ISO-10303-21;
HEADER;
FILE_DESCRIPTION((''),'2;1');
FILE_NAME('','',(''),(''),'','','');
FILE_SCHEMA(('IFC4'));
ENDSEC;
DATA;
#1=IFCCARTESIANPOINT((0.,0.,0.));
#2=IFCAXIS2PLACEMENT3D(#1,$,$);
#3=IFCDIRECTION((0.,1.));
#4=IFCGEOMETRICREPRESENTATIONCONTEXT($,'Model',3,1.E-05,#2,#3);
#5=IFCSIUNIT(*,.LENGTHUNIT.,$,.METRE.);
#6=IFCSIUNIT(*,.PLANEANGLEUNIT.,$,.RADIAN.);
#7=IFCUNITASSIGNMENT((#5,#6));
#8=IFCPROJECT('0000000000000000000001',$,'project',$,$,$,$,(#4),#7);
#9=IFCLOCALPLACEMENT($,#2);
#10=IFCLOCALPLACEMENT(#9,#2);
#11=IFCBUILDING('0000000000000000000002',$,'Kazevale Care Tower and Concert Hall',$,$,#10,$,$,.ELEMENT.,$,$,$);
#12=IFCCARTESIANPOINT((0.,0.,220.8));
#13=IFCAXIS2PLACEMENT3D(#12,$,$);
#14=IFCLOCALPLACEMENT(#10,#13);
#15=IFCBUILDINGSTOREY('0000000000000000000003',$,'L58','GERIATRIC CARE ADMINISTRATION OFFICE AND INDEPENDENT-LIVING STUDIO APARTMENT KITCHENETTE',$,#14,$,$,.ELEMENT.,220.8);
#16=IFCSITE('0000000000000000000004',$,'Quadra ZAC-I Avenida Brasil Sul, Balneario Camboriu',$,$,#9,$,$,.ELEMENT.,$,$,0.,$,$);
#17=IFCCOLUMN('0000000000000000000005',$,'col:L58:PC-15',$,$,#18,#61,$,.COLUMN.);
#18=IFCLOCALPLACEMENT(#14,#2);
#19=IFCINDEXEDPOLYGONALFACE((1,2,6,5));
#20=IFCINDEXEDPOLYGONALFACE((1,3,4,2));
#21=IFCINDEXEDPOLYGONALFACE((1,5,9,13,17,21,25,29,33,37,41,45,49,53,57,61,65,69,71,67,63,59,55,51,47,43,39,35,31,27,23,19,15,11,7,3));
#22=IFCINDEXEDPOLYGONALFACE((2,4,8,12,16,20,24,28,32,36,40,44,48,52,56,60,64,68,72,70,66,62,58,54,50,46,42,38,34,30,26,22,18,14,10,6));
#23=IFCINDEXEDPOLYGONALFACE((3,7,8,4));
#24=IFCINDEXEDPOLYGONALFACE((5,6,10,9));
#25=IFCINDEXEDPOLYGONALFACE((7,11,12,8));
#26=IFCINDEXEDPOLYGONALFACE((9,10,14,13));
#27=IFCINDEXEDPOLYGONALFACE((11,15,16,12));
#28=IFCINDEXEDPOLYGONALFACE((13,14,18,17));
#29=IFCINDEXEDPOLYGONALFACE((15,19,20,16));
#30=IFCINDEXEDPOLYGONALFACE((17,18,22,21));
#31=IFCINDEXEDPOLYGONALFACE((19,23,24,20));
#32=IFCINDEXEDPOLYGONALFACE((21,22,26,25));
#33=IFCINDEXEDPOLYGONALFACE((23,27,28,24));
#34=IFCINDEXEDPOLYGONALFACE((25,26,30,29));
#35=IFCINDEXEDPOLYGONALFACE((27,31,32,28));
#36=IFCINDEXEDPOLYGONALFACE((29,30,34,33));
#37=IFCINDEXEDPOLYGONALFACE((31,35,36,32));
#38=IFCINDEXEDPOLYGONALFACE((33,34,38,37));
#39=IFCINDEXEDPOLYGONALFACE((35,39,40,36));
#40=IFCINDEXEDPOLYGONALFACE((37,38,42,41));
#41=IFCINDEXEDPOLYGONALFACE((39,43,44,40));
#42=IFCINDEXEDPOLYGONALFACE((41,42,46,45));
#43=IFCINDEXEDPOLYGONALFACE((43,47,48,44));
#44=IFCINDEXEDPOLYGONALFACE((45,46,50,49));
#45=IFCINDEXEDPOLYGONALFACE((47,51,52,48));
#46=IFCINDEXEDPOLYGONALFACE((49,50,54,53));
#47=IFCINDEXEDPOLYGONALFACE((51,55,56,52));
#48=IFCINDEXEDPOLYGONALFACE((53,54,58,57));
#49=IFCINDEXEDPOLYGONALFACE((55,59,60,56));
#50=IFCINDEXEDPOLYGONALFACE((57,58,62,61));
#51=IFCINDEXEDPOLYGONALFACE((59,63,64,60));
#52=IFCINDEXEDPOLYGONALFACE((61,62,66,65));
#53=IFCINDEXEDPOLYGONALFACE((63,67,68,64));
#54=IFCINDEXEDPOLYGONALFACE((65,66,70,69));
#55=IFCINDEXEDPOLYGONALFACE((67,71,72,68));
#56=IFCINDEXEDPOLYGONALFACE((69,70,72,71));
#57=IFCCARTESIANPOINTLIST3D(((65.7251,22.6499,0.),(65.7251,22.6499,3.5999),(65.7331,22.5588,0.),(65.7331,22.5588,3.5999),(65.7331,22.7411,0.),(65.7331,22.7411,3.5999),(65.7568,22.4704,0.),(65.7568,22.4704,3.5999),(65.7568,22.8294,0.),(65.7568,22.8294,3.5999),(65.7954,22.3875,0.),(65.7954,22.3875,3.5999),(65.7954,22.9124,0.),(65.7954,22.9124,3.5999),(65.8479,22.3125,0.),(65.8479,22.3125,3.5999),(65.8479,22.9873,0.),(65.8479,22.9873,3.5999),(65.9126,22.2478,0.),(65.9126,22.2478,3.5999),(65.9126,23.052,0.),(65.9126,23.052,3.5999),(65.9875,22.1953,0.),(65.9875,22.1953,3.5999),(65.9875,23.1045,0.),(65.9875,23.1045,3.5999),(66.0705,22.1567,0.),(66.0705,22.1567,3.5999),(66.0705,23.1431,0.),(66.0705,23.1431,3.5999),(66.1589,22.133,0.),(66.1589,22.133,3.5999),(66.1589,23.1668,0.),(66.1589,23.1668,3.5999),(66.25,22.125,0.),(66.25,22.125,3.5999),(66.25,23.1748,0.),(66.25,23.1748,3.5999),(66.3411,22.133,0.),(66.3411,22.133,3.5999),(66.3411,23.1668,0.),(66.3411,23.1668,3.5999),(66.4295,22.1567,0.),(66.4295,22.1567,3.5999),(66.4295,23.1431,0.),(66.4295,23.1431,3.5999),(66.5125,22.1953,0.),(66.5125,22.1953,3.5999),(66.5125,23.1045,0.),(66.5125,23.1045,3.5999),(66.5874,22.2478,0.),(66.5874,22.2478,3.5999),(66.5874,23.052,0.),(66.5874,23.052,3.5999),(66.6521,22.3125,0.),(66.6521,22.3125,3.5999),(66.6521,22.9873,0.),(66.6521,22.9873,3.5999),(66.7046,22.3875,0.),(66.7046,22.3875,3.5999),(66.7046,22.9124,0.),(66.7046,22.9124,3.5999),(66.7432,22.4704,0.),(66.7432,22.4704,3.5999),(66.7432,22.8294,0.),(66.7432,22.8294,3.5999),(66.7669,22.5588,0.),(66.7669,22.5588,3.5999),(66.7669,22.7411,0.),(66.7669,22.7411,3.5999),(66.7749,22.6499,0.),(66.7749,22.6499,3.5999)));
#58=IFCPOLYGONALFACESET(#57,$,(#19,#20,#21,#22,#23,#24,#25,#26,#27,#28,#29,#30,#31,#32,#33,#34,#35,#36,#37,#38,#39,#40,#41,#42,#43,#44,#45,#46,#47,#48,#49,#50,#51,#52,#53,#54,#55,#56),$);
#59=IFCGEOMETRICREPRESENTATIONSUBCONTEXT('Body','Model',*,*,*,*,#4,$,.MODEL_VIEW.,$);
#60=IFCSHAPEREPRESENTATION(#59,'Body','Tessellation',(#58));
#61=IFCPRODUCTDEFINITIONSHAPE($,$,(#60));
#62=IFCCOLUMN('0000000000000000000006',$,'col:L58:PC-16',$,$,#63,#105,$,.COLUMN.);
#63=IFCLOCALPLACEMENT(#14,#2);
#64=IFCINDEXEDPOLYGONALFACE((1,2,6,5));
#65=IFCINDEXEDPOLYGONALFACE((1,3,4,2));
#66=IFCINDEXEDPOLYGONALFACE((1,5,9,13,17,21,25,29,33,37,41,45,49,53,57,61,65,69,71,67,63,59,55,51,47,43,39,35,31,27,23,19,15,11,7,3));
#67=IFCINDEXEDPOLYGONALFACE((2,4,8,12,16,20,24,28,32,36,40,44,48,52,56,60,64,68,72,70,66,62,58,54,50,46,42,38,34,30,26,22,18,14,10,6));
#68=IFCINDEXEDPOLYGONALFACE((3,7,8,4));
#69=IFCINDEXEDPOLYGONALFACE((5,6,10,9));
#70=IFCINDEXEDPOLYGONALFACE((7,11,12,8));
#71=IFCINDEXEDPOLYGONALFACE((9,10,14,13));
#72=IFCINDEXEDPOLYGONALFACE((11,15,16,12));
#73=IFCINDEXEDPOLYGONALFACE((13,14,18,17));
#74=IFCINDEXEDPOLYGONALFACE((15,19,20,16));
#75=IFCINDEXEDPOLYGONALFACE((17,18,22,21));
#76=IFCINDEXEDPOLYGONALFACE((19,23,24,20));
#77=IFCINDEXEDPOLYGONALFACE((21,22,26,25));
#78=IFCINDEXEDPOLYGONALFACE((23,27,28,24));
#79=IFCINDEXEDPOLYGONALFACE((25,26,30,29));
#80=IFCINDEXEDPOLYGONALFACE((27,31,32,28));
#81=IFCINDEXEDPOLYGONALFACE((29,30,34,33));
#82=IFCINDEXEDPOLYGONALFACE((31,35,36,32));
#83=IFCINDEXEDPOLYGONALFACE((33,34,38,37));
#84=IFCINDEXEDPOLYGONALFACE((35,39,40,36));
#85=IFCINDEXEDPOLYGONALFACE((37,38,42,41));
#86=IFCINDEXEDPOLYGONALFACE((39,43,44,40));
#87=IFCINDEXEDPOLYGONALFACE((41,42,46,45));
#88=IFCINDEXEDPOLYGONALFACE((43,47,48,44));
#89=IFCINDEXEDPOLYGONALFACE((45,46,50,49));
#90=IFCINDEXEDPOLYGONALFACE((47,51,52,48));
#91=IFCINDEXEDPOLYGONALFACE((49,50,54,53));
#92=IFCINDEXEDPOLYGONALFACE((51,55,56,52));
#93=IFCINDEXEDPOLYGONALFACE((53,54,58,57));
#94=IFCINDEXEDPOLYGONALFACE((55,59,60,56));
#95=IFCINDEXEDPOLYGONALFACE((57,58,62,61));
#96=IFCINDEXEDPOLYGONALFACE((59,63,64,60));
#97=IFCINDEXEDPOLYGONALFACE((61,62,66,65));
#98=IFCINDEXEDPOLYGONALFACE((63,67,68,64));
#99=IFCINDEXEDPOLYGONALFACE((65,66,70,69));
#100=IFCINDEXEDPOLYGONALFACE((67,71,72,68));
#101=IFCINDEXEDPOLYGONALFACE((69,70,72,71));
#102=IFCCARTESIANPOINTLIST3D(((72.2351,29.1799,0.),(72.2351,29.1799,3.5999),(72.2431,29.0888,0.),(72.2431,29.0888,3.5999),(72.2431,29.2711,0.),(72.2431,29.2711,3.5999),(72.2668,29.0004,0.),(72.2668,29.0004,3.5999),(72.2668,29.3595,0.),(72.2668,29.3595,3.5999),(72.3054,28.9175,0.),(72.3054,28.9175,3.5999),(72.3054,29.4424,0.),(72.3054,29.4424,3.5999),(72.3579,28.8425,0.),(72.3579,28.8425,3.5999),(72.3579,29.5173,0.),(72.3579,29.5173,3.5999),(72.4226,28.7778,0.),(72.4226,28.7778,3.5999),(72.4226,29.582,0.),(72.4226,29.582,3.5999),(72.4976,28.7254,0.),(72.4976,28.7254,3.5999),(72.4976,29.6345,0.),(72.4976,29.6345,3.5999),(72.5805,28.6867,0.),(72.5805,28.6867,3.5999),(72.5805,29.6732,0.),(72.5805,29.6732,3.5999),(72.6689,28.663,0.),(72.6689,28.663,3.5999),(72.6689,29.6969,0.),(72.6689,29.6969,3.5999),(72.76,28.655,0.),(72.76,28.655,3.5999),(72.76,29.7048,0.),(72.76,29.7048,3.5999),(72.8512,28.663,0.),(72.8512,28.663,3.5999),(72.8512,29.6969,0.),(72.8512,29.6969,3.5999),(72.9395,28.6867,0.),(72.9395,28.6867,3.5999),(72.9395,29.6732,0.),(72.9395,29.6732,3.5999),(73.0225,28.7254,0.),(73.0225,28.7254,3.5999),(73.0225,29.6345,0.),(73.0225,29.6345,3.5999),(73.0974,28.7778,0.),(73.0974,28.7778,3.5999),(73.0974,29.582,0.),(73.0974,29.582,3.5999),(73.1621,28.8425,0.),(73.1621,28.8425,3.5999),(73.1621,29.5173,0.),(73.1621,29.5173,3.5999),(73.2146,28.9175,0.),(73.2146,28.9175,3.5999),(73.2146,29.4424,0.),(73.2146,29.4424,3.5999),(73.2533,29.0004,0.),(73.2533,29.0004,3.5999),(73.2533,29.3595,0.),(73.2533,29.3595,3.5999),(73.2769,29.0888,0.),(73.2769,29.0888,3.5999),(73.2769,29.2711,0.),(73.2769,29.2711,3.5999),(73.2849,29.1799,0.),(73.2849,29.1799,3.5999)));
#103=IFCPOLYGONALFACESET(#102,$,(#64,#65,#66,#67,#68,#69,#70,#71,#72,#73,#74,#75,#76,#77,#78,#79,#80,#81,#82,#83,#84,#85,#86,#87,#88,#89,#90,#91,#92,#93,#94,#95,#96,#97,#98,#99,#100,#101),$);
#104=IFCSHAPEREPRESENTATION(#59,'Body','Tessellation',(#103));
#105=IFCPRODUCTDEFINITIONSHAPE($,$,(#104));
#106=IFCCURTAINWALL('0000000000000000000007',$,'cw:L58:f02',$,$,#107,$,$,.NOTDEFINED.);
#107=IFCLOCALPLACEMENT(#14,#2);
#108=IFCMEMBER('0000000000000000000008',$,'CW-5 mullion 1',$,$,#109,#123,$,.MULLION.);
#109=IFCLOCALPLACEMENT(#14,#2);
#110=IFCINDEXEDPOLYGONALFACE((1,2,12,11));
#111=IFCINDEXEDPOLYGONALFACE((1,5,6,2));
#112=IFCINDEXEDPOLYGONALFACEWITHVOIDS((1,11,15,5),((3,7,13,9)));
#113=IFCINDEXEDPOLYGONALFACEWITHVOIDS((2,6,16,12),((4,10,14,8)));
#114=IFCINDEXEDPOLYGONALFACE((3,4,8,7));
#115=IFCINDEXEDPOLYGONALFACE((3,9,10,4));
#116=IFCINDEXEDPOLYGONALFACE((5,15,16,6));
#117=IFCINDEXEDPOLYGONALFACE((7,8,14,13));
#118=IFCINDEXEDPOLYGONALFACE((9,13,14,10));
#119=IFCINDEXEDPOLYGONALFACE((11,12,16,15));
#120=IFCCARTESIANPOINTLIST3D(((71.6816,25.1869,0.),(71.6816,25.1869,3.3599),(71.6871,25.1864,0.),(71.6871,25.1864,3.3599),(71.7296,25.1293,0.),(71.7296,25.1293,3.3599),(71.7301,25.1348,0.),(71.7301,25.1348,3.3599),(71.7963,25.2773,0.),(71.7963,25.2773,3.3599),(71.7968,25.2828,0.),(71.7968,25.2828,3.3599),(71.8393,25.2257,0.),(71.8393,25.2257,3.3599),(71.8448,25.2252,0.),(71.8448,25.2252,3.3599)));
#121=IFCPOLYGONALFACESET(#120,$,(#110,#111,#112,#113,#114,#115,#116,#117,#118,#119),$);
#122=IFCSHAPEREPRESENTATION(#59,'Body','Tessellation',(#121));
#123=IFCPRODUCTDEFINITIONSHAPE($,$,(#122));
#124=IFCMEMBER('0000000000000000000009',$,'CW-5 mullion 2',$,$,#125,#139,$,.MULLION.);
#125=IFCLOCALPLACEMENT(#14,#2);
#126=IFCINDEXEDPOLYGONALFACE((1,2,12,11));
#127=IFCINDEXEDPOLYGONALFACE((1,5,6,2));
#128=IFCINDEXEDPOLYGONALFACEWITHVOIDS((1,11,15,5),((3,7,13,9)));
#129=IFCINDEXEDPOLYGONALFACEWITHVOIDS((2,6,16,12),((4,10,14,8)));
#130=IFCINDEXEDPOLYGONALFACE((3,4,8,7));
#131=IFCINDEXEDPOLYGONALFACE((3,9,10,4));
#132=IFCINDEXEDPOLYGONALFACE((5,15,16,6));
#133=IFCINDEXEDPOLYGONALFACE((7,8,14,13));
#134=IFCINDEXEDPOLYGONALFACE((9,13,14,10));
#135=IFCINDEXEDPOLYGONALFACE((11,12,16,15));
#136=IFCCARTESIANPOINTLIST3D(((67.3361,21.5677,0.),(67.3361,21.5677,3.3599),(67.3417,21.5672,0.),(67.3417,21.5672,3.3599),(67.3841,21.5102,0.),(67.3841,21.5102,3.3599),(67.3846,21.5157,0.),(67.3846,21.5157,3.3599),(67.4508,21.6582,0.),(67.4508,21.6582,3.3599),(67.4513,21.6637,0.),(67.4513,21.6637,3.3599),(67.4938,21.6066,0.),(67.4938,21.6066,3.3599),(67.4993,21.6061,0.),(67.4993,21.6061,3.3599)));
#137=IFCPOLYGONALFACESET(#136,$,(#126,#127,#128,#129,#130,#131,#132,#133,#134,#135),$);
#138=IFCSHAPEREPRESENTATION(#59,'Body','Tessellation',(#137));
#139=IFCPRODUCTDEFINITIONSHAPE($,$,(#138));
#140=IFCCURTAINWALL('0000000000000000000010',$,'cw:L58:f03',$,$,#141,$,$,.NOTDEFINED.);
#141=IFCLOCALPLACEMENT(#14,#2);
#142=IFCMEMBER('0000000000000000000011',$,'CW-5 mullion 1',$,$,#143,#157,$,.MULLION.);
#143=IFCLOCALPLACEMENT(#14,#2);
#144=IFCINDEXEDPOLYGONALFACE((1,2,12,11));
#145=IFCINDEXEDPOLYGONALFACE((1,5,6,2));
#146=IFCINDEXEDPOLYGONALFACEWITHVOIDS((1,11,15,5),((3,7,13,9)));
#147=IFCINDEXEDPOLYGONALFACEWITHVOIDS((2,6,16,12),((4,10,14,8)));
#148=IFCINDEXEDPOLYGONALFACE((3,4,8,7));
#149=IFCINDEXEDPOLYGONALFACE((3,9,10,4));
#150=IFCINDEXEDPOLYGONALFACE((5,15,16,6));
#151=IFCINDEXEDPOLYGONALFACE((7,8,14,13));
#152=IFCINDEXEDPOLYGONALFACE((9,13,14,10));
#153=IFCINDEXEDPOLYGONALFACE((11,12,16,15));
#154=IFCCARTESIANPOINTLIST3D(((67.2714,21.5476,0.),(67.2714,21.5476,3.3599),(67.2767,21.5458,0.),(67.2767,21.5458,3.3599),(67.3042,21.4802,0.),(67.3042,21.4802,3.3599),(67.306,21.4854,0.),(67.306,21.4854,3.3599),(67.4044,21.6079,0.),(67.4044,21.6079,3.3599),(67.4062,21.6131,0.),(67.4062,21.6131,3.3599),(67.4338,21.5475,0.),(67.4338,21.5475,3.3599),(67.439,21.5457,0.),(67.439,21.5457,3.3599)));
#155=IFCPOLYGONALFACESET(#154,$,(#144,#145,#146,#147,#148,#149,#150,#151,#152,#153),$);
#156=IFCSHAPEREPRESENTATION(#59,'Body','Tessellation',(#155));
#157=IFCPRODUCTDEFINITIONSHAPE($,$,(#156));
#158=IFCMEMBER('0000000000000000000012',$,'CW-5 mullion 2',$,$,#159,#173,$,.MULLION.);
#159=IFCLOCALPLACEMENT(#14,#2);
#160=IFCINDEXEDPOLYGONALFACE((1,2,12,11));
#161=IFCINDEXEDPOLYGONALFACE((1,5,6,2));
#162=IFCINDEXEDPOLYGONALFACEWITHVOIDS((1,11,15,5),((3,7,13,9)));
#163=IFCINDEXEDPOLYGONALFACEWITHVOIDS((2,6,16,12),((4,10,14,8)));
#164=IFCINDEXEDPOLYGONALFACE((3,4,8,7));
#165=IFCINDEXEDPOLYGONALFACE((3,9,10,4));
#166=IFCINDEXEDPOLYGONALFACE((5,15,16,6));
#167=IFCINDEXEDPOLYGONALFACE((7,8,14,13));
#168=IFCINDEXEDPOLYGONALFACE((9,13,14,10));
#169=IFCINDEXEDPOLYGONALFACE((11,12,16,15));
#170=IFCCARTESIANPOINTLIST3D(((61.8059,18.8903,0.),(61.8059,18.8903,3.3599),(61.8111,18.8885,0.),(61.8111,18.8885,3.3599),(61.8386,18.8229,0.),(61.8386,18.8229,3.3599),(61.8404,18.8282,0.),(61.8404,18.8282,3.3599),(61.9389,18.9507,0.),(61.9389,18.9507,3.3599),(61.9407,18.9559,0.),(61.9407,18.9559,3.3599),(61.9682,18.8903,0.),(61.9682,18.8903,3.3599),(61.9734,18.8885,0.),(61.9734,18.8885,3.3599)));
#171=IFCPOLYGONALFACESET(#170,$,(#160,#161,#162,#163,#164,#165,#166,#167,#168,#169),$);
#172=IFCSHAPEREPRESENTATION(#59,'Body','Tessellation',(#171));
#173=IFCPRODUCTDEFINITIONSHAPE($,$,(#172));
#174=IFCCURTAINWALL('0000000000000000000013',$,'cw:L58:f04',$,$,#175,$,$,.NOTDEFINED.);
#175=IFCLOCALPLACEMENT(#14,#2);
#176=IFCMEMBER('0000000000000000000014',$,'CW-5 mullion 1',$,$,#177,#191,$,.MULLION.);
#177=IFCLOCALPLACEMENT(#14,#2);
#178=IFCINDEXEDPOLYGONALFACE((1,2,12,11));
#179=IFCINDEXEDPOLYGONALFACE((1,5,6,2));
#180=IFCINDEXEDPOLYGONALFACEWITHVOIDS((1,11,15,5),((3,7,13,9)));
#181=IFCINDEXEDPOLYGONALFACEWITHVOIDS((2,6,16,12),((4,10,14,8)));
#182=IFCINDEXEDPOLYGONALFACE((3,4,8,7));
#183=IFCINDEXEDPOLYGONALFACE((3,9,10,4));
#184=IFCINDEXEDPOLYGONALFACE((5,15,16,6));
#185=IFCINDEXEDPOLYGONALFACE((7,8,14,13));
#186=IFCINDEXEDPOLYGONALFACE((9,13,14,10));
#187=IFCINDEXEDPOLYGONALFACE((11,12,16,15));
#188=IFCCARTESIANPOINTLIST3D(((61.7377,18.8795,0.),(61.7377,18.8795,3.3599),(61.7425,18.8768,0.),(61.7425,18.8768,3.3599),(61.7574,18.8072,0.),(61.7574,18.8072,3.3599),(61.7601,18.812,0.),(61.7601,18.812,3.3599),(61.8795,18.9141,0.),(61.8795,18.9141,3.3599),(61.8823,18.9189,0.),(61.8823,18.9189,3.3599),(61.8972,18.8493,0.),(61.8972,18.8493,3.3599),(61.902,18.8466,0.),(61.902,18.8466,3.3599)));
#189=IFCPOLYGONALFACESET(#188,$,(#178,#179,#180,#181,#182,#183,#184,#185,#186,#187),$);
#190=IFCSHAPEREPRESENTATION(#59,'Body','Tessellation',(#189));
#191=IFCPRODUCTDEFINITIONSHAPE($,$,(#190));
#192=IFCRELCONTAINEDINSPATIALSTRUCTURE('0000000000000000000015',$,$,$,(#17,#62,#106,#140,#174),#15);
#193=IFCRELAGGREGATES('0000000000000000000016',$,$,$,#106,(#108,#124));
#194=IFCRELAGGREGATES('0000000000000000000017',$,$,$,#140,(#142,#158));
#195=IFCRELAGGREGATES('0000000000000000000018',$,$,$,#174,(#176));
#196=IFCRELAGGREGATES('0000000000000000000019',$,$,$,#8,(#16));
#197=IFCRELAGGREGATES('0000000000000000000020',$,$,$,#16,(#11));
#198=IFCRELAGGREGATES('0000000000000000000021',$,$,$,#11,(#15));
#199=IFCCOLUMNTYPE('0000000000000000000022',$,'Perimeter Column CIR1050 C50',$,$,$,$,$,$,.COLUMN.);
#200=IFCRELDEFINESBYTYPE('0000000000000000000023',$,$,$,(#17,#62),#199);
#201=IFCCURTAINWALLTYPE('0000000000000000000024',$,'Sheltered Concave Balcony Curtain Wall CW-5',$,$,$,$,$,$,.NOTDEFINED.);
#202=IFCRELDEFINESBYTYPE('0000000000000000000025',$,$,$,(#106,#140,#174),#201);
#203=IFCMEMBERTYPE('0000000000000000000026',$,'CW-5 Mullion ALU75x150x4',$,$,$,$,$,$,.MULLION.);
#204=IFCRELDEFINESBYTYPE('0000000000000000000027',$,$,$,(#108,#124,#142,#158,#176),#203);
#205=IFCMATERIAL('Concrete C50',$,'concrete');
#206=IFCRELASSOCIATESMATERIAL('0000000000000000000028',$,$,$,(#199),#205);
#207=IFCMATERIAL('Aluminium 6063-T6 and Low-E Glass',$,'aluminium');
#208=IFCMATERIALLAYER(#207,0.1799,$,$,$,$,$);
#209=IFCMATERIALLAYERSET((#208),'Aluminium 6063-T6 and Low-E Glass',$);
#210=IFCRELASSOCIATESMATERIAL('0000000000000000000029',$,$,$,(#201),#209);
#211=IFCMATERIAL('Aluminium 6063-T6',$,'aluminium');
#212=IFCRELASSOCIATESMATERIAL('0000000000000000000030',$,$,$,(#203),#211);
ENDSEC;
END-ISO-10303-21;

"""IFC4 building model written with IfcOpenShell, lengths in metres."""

from ifc_helpers import new_model, si_unit, direction, frame, origin, origin_2d, place, context, subcontext, project, spatial, hollow_rectangle, circle, extrude, material, layer, layer_set, material_profile, profile_set, type_object, element, aggregate, save


model = new_model("IFC4")

# Units and contexts
model_context = context("Model", 3, precision=1e-05, world=origin(), true_north=direction((0.0, 1.0)))
body_context = subcontext(model_context, "Body", "Model", "MODEL_VIEW")
ifc_project = project(units=[si_unit("LENGTHUNIT", "METRE"), si_unit("PLANEANGLEUNIT", "RADIAN")], contexts=[model_context])

# Site, building, storey
site_placement = place(None, origin())
site = spatial("IfcSite", under=ifc_project, at=site_placement, Name="Quadra ZAC-I Avenida Brasil Sul, Balneario Camboriu", CompositionType="ELEMENT", RefElevation=0.0)
building_placement = place(site_placement, origin())
building = spatial("IfcBuilding", under=site, at=building_placement, Name="Kazevale Care Tower and Concert Hall", CompositionType="ELEMENT")
storey_placement = place(building_placement, frame((0.0, 0.0, 220.8)))
storey = spatial("IfcBuildingStorey", under=building, at=storey_placement, Name="L58", Description="GERIATRIC CARE ADMINISTRATION OFFICE AND INDEPENDENT-LIVING STUDIO APARTMENT KITCHENETTE", CompositionType="ELEMENT", Elevation=220.8)

# Columns
ifc_material_1 = material(Name="Concrete C50", Category="concrete")
ifc_material_profile_1 = material_profile(ifc_material_1, circle(Radius=0.5249, at=origin_2d()), Name="RC-CIR1050")
ifc_profile_set_1 = profile_set([ifc_material_profile_1], Name="Concrete C50")
column_type = type_object("IfcColumnType", Name="Perimeter Column CIR1050 C50", PredefinedType="COLUMN", material=ifc_profile_set_1)
for number, where, z_axis, x_axis, name in (
    (1, (66.25, 22.6499, 0.0), (0.0, 0.0, 1.0), (1.0, 0.0, 0.0), "col:L58:PC-15"),
    (2, (72.76, 29.1799, 0.0), (0.0, 0.0, 1.0), (1.0, 0.0, 0.0), "col:L58:PC-16"),
):
    element("IfcColumn", number, at=place(storey_placement, frame(where, z_axis=z_axis, x_axis=x_axis)), inside=storey, type_object=column_type, Name=name, PredefinedType="COLUMN", context=body_context, shape_type="SweptSolid", body=[
        extrude(circle(Radius=0.5249, at=origin_2d()), origin(), (0.0, 0.0, 1.0), 3.5999),
    ])

# Curtain walls, members
ifc_material_2 = material(Name="Aluminium 6063-T6 and Low-E Glass", Category="aluminium")
ifc_layer_1 = layer(ifc_material_2, 0.1799)
ifc_layer_set_1 = layer_set([ifc_layer_1], Name="Aluminium 6063-T6 and Low-E Glass")
curtain_wall_type = type_object("IfcCurtainWallType", Name="Sheltered Concave Balcony Curtain Wall CW-5", PredefinedType="NOTDEFINED", material=ifc_layer_set_1)
curtain_wall_1_placement = place(storey_placement, origin())
curtain_wall_1 = element("IfcCurtainWall", 3, at=curtain_wall_1_placement, inside=storey, type_object=curtain_wall_type, Name="cw:L58:f02", PredefinedType="NOTDEFINED")
ifc_material_3 = material(Name="Aluminium 6063-T6", Category="aluminium")
ifc_material_profile_2 = material_profile(ifc_material_3, hollow_rectangle(XDim=0.075, YDim=0.1499, WallThickness=0.0039, at=origin_2d()), Name="ALU75x150x4")
ifc_profile_set_2 = profile_set([ifc_material_profile_2], Name="Aluminium 6063-T6")
member_type_1 = type_object("IfcMemberType", Name="CW-5 Mullion ALU75x150x4", PredefinedType="MULLION", material=ifc_profile_set_2)
member_1_placement = place(storey_placement, frame((71.7632, 25.2061, 0.0), z_axis=(0.0, 0.0, 1.0), x_axis=(0.639961, -0.768407, 0.0)))
member_1 = element("IfcMember", 4, at=member_1_placement, type_object=member_type_1, Name="CW-5 mullion 1", PredefinedType="MULLION", context=body_context, shape_type="SweptSolid", body=[
    extrude(hollow_rectangle(XDim=0.075, YDim=0.1499, WallThickness=0.0039, at=origin_2d()), origin(), (0.0, 0.0, 1.0), 3.3599),
])
member_2_placement = place(storey_placement, frame((67.4177, 21.5869, 0.0), z_axis=(0.0, 0.0, 1.0), x_axis=(0.639961, -0.768407, 0.0)))
member_2 = element("IfcMember", 5, at=member_2_placement, type_object=member_type_1, Name="CW-5 mullion 2", PredefinedType="MULLION", context=body_context, shape_type="SweptSolid", body=[
    extrude(hollow_rectangle(XDim=0.075, YDim=0.1499, WallThickness=0.0039, at=origin_2d()), origin(), (0.0, 0.0, 1.0), 3.3599),
])
curtain_wall_2_placement = place(storey_placement, origin())
curtain_wall_2 = element("IfcCurtainWall", 6, at=curtain_wall_2_placement, inside=storey, type_object=curtain_wall_type, Name="cw:L58:f03", PredefinedType="NOTDEFINED")
member_3_placement = place(storey_placement, frame((67.3552, 21.5466, 0.0), z_axis=(0.0, 0.0, 1.0), x_axis=(0.437238, -0.899346, 0.0)))
member_3 = element("IfcMember", 7, at=member_3_placement, type_object=member_type_1, Name="CW-5 mullion 1", PredefinedType="MULLION", context=body_context, shape_type="SweptSolid", body=[
    extrude(hollow_rectangle(XDim=0.075, YDim=0.1499, WallThickness=0.0039, at=origin_2d()), origin(), (0.0, 0.0, 1.0), 3.3599),
])
member_4_placement = place(storey_placement, frame((61.8896, 18.8894, 0.0), z_axis=(0.0, 0.0, 1.0), x_axis=(0.437238, -0.899346, 0.0)))
member_4 = element("IfcMember", 8, at=member_4_placement, type_object=member_type_1, Name="CW-5 mullion 2", PredefinedType="MULLION", context=body_context, shape_type="SweptSolid", body=[
    extrude(hollow_rectangle(XDim=0.075, YDim=0.1499, WallThickness=0.0039, at=origin_2d()), origin(), (0.0, 0.0, 1.0), 3.3599),
])

# Curtain wall, member
curtain_wall_3_placement = place(storey_placement, origin())
curtain_wall_3 = element("IfcCurtainWall", 9, at=curtain_wall_3_placement, inside=storey, type_object=curtain_wall_type, Name="cw:L58:f04", PredefinedType="NOTDEFINED")
member_5_placement = place(storey_placement, frame((61.8198, 18.863, 0.0), z_axis=(0.0, 0.0, 1.0), x_axis=(0.262849, -0.964837, 0.0)))
member_5 = element("IfcMember", 10, at=member_5_placement, type_object=member_type_1, Name="CW-5 mullion 1", PredefinedType="MULLION", context=body_context, shape_type="SweptSolid", body=[
    extrude(hollow_rectangle(XDim=0.075, YDim=0.1499, WallThickness=0.0039, at=origin_2d()), origin(), (0.0, 0.0, 1.0), 3.3599),
])

aggregate(curtain_wall_1, [member_1, member_2])
aggregate(curtain_wall_2, [member_3, member_4])
aggregate(curtain_wall_3, [member_5])

save(model, "model.ifc")
